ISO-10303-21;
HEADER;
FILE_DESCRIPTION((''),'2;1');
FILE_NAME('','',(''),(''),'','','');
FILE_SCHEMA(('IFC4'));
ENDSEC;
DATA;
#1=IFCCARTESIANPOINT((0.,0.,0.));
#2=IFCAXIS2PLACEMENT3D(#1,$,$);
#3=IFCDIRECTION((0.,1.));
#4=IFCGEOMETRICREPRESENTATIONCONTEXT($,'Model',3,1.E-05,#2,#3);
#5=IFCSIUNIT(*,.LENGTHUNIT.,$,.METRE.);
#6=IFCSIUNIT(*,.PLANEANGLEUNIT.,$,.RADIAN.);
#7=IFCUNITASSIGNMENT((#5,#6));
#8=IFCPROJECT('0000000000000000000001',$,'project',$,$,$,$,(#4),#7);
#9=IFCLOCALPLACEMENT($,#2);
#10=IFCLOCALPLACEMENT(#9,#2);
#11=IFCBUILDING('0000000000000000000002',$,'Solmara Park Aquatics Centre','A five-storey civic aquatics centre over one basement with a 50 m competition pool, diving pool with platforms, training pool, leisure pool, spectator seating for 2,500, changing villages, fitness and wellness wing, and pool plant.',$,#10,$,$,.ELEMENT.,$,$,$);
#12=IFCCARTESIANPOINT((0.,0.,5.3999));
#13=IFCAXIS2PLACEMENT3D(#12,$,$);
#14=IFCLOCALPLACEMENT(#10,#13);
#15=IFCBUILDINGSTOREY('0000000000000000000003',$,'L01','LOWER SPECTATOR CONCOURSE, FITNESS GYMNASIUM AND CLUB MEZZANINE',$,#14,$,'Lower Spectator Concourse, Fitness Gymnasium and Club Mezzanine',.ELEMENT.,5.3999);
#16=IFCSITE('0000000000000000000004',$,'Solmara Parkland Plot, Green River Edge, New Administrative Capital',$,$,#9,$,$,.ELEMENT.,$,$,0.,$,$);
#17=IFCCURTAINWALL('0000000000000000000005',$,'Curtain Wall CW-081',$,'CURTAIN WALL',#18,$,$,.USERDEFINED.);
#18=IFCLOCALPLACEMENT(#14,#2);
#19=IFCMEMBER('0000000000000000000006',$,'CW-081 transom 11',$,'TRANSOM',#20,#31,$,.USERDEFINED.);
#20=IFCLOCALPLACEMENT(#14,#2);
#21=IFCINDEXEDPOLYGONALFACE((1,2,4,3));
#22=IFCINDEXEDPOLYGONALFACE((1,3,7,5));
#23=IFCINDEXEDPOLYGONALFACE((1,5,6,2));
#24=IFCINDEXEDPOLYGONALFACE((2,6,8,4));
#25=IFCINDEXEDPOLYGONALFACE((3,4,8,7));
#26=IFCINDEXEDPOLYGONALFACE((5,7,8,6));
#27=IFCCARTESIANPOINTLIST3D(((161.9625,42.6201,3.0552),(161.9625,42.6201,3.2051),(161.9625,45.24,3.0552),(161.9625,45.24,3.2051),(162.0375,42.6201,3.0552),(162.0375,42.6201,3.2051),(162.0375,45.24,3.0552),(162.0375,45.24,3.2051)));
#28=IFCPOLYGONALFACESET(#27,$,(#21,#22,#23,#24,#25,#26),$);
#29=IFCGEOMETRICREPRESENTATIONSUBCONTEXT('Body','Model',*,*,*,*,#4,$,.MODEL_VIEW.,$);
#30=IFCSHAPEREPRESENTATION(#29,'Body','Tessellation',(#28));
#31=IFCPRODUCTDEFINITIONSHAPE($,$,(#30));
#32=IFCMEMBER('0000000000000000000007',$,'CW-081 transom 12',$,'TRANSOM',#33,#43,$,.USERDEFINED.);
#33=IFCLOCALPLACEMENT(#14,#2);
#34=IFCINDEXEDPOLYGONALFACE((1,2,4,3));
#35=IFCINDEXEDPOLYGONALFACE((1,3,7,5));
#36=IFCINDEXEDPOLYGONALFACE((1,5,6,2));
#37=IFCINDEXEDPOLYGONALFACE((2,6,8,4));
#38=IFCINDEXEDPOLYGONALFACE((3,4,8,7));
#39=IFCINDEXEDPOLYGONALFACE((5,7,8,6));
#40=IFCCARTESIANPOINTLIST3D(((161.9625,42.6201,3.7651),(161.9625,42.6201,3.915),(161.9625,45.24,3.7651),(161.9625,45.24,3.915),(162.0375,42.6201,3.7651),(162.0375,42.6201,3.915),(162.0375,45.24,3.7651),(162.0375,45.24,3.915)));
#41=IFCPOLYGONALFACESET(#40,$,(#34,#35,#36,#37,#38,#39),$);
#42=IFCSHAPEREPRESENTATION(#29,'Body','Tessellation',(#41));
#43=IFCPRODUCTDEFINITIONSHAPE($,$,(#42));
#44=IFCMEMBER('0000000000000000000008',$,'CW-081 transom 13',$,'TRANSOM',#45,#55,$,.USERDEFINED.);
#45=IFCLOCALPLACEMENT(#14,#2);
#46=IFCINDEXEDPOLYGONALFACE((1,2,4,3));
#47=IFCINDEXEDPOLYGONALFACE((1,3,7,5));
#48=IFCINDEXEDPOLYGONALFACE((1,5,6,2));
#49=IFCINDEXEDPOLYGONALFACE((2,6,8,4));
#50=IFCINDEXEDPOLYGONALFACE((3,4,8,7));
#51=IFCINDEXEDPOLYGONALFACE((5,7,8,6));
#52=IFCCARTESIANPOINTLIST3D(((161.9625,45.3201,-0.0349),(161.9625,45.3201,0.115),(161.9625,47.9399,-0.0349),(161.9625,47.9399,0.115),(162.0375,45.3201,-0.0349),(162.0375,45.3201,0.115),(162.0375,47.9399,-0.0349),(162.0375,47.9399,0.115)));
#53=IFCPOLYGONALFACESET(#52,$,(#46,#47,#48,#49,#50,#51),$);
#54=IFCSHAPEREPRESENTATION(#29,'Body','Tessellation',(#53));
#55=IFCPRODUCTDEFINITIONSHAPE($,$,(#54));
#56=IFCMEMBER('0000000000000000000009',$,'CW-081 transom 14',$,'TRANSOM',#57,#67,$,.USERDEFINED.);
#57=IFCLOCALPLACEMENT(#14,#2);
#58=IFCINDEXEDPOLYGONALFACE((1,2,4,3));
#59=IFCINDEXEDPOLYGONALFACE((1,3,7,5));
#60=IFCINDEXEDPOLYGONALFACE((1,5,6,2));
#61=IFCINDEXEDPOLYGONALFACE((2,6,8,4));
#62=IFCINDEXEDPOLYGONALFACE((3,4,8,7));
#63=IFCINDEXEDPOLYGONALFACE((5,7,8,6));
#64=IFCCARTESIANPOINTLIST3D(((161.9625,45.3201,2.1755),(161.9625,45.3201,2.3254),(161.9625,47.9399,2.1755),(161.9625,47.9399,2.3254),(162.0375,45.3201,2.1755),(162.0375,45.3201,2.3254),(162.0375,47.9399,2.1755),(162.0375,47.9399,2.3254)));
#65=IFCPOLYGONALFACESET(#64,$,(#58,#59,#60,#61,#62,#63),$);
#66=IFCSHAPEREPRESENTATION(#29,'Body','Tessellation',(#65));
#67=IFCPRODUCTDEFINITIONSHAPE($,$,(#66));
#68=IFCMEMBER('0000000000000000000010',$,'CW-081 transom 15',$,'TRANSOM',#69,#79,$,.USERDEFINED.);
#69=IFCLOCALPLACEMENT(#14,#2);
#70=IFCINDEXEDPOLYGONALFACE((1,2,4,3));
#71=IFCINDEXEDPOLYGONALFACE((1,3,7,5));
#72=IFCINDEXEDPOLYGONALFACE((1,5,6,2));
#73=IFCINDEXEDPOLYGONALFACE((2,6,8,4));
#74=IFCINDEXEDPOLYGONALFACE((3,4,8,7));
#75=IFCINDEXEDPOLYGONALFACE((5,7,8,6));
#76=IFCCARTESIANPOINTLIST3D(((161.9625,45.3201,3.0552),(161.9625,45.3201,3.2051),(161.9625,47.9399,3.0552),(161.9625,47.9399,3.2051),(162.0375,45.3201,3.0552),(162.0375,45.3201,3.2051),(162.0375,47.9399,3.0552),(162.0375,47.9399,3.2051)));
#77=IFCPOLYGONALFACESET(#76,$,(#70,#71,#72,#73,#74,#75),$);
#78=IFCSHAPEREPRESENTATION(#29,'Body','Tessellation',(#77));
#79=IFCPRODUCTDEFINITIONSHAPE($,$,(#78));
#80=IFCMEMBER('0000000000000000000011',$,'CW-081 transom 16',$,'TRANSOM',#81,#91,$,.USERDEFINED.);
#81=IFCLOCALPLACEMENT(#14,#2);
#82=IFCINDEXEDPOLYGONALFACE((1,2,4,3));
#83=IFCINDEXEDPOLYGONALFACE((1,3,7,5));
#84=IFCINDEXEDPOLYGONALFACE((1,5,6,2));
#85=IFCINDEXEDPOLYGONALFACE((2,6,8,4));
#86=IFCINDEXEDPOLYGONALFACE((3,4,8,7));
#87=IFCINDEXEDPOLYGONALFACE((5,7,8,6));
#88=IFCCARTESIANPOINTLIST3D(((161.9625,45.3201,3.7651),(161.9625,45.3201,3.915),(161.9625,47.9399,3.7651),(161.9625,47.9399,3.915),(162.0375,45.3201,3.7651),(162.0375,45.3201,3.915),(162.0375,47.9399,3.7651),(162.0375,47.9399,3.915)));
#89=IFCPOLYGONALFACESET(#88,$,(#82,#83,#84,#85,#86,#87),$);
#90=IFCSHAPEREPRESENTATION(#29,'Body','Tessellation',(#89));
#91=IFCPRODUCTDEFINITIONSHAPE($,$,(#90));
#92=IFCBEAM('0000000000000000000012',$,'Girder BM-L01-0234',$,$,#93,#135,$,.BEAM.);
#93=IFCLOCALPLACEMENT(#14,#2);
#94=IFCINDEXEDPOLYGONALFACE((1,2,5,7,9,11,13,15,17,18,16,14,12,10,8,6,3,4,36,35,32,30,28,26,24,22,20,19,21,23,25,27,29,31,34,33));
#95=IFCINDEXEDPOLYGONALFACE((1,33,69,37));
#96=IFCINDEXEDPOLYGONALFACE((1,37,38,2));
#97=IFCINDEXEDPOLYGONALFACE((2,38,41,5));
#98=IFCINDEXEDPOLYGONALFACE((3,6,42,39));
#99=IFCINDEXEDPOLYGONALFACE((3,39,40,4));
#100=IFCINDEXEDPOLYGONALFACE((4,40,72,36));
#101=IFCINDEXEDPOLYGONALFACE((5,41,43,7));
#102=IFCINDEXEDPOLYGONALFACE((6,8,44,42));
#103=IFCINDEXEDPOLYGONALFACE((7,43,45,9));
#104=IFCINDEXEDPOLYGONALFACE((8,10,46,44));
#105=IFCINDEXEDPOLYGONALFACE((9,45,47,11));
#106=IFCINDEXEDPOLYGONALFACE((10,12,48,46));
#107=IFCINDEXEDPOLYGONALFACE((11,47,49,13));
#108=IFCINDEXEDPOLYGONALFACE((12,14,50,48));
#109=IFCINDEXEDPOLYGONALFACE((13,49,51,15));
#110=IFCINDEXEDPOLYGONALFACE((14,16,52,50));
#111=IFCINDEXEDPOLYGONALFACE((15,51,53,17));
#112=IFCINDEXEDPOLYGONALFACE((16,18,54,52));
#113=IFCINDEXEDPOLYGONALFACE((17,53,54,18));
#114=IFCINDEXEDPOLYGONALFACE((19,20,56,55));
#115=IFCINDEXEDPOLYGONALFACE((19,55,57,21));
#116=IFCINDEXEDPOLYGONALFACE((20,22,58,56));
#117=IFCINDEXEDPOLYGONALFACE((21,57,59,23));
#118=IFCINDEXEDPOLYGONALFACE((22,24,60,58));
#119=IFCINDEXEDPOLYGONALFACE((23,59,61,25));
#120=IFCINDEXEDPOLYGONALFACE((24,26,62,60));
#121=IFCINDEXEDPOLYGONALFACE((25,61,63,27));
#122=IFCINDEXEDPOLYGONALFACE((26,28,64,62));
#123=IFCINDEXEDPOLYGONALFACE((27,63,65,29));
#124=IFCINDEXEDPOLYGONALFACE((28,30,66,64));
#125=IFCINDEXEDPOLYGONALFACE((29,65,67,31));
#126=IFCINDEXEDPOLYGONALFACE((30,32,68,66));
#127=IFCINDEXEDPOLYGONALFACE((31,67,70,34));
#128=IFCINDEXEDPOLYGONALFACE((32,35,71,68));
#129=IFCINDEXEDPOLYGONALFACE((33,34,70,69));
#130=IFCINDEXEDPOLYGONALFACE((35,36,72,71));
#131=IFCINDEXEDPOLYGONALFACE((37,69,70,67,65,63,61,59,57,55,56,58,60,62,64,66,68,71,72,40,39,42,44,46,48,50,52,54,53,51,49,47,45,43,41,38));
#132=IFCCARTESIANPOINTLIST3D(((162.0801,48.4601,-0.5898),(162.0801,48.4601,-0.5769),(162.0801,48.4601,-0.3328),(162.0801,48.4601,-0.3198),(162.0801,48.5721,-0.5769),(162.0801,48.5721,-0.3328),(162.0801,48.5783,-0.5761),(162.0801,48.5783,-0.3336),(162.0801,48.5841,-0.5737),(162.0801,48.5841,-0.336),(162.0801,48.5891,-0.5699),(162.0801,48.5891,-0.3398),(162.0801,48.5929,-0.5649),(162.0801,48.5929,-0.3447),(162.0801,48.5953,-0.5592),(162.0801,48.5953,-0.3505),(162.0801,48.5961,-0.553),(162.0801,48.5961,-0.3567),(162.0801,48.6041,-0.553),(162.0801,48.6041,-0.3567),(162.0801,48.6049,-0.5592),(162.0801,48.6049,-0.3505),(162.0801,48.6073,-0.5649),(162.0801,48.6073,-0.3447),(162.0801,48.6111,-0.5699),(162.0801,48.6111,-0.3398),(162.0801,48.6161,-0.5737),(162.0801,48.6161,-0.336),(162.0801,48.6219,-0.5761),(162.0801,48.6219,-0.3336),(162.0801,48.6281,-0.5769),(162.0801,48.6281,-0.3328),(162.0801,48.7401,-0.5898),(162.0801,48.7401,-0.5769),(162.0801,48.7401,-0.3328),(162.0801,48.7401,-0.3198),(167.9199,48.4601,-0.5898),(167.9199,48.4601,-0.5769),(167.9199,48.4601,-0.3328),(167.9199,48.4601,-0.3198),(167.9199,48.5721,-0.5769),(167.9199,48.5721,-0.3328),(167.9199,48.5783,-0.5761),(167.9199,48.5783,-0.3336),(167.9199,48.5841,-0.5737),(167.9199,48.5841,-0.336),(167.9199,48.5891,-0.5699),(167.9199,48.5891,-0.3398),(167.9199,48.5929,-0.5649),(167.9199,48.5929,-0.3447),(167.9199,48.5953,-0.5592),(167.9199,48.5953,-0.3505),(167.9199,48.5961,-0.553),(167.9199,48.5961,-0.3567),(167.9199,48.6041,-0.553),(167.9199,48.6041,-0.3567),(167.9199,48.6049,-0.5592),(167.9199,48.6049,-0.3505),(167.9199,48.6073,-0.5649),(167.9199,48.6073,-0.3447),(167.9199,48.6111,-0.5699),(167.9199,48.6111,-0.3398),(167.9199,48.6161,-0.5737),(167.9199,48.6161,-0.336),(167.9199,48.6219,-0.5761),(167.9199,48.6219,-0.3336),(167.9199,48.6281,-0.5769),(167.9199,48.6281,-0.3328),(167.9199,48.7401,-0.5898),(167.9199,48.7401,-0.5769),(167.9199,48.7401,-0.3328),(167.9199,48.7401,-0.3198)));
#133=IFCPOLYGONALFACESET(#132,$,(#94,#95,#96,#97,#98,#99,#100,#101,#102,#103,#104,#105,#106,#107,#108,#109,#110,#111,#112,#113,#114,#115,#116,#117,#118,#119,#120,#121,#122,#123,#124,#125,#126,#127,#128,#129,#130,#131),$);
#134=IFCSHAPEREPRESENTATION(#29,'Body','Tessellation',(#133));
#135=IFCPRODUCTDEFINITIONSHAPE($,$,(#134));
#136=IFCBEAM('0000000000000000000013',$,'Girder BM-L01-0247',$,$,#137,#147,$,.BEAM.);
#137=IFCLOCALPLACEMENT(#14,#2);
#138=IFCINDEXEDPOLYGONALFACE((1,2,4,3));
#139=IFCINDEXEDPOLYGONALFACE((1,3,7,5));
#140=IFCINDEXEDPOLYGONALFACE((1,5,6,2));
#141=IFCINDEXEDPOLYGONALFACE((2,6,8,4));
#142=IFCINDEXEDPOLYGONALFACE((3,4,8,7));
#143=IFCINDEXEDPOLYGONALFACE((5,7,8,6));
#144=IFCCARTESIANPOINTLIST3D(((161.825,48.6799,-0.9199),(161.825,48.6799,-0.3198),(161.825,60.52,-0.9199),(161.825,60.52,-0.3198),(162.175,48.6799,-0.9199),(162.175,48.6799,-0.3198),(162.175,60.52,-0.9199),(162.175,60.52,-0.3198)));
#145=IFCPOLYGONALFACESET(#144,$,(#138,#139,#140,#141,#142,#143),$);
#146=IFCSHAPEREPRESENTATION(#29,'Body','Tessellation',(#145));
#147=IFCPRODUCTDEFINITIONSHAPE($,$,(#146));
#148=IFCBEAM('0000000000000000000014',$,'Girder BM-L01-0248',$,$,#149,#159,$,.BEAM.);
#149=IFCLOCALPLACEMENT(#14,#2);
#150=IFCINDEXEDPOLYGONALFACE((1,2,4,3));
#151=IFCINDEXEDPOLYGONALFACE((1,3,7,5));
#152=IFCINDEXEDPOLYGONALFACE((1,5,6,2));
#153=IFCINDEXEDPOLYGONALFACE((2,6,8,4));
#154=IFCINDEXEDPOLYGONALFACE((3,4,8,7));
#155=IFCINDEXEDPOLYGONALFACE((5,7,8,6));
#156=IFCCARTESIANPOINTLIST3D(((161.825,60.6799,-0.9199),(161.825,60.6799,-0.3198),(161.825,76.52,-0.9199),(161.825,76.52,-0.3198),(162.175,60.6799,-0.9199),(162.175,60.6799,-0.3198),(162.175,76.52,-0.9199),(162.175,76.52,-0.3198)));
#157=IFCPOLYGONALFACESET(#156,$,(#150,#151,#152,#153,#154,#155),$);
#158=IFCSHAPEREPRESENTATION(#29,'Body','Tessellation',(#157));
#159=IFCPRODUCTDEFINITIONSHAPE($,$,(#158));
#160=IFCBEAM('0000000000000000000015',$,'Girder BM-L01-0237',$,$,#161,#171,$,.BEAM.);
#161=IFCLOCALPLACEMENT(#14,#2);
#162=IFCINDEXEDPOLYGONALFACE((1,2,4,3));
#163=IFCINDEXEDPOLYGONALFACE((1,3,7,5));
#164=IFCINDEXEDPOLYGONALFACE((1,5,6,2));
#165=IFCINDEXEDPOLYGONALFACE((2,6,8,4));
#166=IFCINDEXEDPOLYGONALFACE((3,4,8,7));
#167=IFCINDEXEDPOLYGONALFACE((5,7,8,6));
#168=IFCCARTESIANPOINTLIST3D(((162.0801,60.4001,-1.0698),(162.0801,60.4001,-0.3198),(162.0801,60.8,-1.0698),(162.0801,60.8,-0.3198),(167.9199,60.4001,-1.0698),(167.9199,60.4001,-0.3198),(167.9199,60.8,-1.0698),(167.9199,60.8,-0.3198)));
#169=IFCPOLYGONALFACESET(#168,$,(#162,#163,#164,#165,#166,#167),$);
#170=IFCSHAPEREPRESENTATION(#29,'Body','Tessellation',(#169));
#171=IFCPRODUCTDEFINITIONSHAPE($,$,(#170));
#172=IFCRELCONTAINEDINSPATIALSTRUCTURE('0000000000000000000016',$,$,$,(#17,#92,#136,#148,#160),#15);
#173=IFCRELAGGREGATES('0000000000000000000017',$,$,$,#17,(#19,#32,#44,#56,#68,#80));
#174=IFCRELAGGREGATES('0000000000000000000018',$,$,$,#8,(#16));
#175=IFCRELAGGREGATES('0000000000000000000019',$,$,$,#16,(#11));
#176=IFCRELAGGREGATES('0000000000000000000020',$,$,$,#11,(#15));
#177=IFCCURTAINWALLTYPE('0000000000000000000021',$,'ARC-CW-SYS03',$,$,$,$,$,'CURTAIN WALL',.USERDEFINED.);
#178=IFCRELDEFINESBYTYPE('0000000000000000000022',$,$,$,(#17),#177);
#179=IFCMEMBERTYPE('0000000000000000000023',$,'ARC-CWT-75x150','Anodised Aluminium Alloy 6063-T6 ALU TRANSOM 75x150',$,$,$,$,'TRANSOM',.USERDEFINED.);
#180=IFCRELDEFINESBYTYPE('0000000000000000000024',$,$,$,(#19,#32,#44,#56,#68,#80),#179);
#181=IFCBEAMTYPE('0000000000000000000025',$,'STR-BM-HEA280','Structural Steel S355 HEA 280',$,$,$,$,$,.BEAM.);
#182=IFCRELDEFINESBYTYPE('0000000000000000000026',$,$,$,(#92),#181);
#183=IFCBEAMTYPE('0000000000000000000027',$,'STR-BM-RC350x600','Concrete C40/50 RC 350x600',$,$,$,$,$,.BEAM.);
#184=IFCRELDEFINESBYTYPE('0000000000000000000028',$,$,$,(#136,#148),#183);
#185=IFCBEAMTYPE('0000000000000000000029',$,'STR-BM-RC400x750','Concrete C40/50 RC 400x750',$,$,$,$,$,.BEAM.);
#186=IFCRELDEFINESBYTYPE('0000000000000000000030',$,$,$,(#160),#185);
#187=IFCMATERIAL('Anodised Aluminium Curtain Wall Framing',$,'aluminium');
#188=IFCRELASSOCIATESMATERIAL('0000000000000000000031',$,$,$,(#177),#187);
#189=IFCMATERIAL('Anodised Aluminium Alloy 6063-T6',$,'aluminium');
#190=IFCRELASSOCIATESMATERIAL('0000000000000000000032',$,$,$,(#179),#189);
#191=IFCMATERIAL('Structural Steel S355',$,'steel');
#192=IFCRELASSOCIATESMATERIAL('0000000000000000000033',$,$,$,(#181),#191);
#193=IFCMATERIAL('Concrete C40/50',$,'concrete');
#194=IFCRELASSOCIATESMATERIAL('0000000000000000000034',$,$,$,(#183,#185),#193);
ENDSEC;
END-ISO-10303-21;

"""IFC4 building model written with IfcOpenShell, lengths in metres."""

from ifc_helpers import new_model, si_unit, direction, frame, origin, origin_2d, place, context, subcontext, project, spatial, rectangle, i_section, extrude, material, material_profile, profile_set, type_object, element, aggregate, save


model = new_model("IFC4")

# Units and contexts
model_context = context("Model", 3, precision=1e-05, world=origin(), true_north=direction((0.0, 1.0)))
body_context = subcontext(model_context, "Body", "Model", "MODEL_VIEW")
ifc_project = project(units=[si_unit("LENGTHUNIT", "METRE"), si_unit("PLANEANGLEUNIT", "RADIAN")], contexts=[model_context])

# Site, building, storey
site_placement = place(None, origin())
site = spatial("IfcSite", under=ifc_project, at=site_placement, Name="Solmara Parkland Plot, Green River Edge, New Administrative Capital", CompositionType="ELEMENT", RefElevation=0.0)
building_placement = place(site_placement, origin())
building = spatial("IfcBuilding", under=site, at=building_placement, Name="Solmara Park Aquatics Centre", Description="A five-storey civic aquatics centre over one basement with a 50 m competition pool, diving pool with platforms, training pool, leisure pool, spectator seating for 2,500, changing villages, fitness and wellness wing, and pool plant.", CompositionType="ELEMENT")
storey_placement = place(building_placement, frame((0.0, 0.0, 5.3999)))
storey = spatial("IfcBuildingStorey", under=building, at=storey_placement, Name="L01", Description="LOWER SPECTATOR CONCOURSE, FITNESS GYMNASIUM AND CLUB MEZZANINE", LongName="Lower Spectator Concourse, Fitness Gymnasium and Club Mezzanine", CompositionType="ELEMENT", Elevation=5.3999)

# Shared definitions
ifc_material_1 = material(Name="Structural Steel S355", Category="steel")
ifc_material_2 = material(Name="Concrete C40/50", Category="concrete")

# Curtain wall, members
ifc_material_3 = material(Name="Anodised Aluminium Curtain Wall Framing", Category="aluminium")
curtain_wall_type = type_object("IfcCurtainWallType", Name="ARC-CW-SYS03", ElementType="CURTAIN WALL", PredefinedType="USERDEFINED", material=ifc_material_3)
curtain_wall_placement = place(storey_placement, origin())
curtain_wall = element("IfcCurtainWall", 1, at=curtain_wall_placement, inside=storey, type_object=curtain_wall_type, Name="Curtain Wall CW-081", ObjectType="CURTAIN WALL", PredefinedType="USERDEFINED")
ifc_material_4 = material(Name="Anodised Aluminium Alloy 6063-T6", Category="aluminium")
ifc_material_profile_1 = material_profile(ifc_material_4, rectangle(XDim=0.075, YDim=0.1499, at=origin_2d()), Name="ALU TRANSOM 75x150")
ifc_profile_set_1 = profile_set([ifc_material_profile_1], Name="Anodised Aluminium Alloy 6063-T6")
member_type_1 = type_object("IfcMemberType", Name="ARC-CWT-75x150", Description="Anodised Aluminium Alloy 6063-T6 ALU TRANSOM 75x150", ElementType="TRANSOM", PredefinedType="USERDEFINED", material=ifc_profile_set_1)
member_1_placement = place(storey_placement, frame((162.0, 42.6201, 3.1301), z_axis=(0.0, 1.0, 0.0), x_axis=(-1.0, 0.0, 0.0)))
member_1 = element("IfcMember", 2, at=member_1_placement, type_object=member_type_1, Name="CW-081 transom 11", ObjectType="TRANSOM", PredefinedType="USERDEFINED", context=body_context, shape_type="SweptSolid", body=[
    extrude(rectangle(XDim=0.075, YDim=0.1499, at=origin_2d()), origin(), (0.0, 0.0, 1.0), 2.6199),
])
member_2_placement = place(storey_placement, frame((162.0, 42.6201, 3.8401), z_axis=(0.0, 1.0, 0.0), x_axis=(-1.0, 0.0, 0.0)))
member_2 = element("IfcMember", 3, at=member_2_placement, type_object=member_type_1, Name="CW-081 transom 12", ObjectType="TRANSOM", PredefinedType="USERDEFINED", context=body_context, shape_type="SweptSolid", body=[
    extrude(rectangle(XDim=0.075, YDim=0.1499, at=origin_2d()), origin(), (0.0, 0.0, 1.0), 2.6199),
])
member_3_placement = place(storey_placement, frame((162.0, 45.3201, 0.04), z_axis=(0.0, 1.0, 0.0), x_axis=(-1.0, 0.0, 0.0)))
member_3 = element("IfcMember", 4, at=member_3_placement, type_object=member_type_1, Name="CW-081 transom 13", ObjectType="TRANSOM", PredefinedType="USERDEFINED", context=body_context, shape_type="SweptSolid", body=[
    extrude(rectangle(XDim=0.075, YDim=0.1499, at=origin_2d()), origin(), (0.0, 0.0, 1.0), 2.6199),
])
member_4_placement = place(storey_placement, frame((162.0, 45.3201, 2.2505), z_axis=(0.0, 1.0, 0.0), x_axis=(-1.0, 0.0, 0.0)))
member_4 = element("IfcMember", 5, at=member_4_placement, type_object=member_type_1, Name="CW-081 transom 14", ObjectType="TRANSOM", PredefinedType="USERDEFINED", context=body_context, shape_type="SweptSolid", body=[
    extrude(rectangle(XDim=0.075, YDim=0.1499, at=origin_2d()), origin(), (0.0, 0.0, 1.0), 2.6199),
])
member_5_placement = place(storey_placement, frame((162.0, 45.3201, 3.1301), z_axis=(0.0, 1.0, 0.0), x_axis=(-1.0, 0.0, 0.0)))
member_5 = element("IfcMember", 6, at=member_5_placement, type_object=member_type_1, Name="CW-081 transom 15", ObjectType="TRANSOM", PredefinedType="USERDEFINED", context=body_context, shape_type="SweptSolid", body=[
    extrude(rectangle(XDim=0.075, YDim=0.1499, at=origin_2d()), origin(), (0.0, 0.0, 1.0), 2.6199),
])
member_6_placement = place(storey_placement, frame((162.0, 45.3201, 3.8401), z_axis=(0.0, 1.0, 0.0), x_axis=(-1.0, 0.0, 0.0)))
member_6 = element("IfcMember", 7, at=member_6_placement, type_object=member_type_1, Name="CW-081 transom 16", ObjectType="TRANSOM", PredefinedType="USERDEFINED", context=body_context, shape_type="SweptSolid", body=[
    extrude(rectangle(XDim=0.075, YDim=0.1499, at=origin_2d()), origin(), (0.0, 0.0, 1.0), 2.6199),
])

# Beams
ifc_material_profile_2 = material_profile(ifc_material_1, i_section(OverallWidth=0.28, OverallDepth=0.27, WebThickness=0.0081, FlangeThickness=0.0129, FilletRadius=0.0239, at=origin_2d()), Name="HEA 280")
ifc_profile_set_2 = profile_set([ifc_material_profile_2], Name="Structural Steel S355")
beam_type_1 = type_object("IfcBeamType", Name="STR-BM-HEA280", Description="Structural Steel S355 HEA 280", PredefinedType="BEAM", material=ifc_profile_set_2)
beam_1_placement = place(storey_placement, frame((162.0801, 48.6001, -0.4548), z_axis=(1.0, 0.0, 0.0), x_axis=(0.0, 1.0, 0.0)))
element("IfcBeam", 8, at=beam_1_placement, inside=storey, type_object=beam_type_1, Name="Girder BM-L01-0234", PredefinedType="BEAM", context=body_context, shape_type="SweptSolid", body=[
    extrude(i_section(OverallWidth=0.28, OverallDepth=0.27, WebThickness=0.0081, FlangeThickness=0.0129, FilletRadius=0.0239, at=origin_2d()), origin(), (0.0, 0.0, 1.0), 5.8398),
])
ifc_material_profile_3 = material_profile(ifc_material_2, rectangle(XDim=0.3501, YDim=0.6001, at=origin_2d()), Name="RC 350x600")
ifc_profile_set_3 = profile_set([ifc_material_profile_3], Name="Concrete C40/50")
beam_type_2 = type_object("IfcBeamType", Name="STR-BM-RC350x600", Description="Concrete C40/50 RC 350x600", PredefinedType="BEAM", material=ifc_profile_set_3)
beam_2_placement = place(storey_placement, frame((162.0, 48.6799, -0.6199), z_axis=(0.0, 1.0, 0.0), x_axis=(-1.0, 0.0, 0.0)))
element("IfcBeam", 9, at=beam_2_placement, inside=storey, type_object=beam_type_2, Name="Girder BM-L01-0247", PredefinedType="BEAM", context=body_context, shape_type="SweptSolid", body=[
    extrude(rectangle(XDim=0.3501, YDim=0.6001, at=origin_2d()), origin(), (0.0, 0.0, 1.0), 11.8401),
])
beam_3_placement = place(storey_placement, frame((162.0, 60.6799, -0.6199), z_axis=(0.0, 1.0, 0.0), x_axis=(-1.0, 0.0, 0.0)))
element("IfcBeam", 10, at=beam_3_placement, inside=storey, type_object=beam_type_2, Name="Girder BM-L01-0248", PredefinedType="BEAM", context=body_context, shape_type="SweptSolid", body=[
    extrude(rectangle(XDim=0.3501, YDim=0.6001, at=origin_2d()), origin(), (0.0, 0.0, 1.0), 15.8401),
])
ifc_material_profile_4 = material_profile(ifc_material_2, rectangle(XDim=0.3999, YDim=0.75, at=origin_2d()), Name="RC 400x750")
ifc_profile_set_4 = profile_set([ifc_material_profile_4], Name="Concrete C40/50")
beam_type_3 = type_object("IfcBeamType", Name="STR-BM-RC400x750", Description="Concrete C40/50 RC 400x750", PredefinedType="BEAM", material=ifc_profile_set_4)
beam_4_placement = place(storey_placement, frame((162.0801, 60.6001, -0.6948), z_axis=(1.0, 0.0, 0.0), x_axis=(0.0, 1.0, 0.0)))
element("IfcBeam", 11, at=beam_4_placement, inside=storey, type_object=beam_type_3, Name="Girder BM-L01-0237", PredefinedType="BEAM", context=body_context, shape_type="SweptSolid", body=[
    extrude(rectangle(XDim=0.3999, YDim=0.75, at=origin_2d()), origin(), (0.0, 0.0, 1.0), 5.8398),
])

aggregate(curtain_wall, [member_1, member_2, member_3, member_4, member_5, member_6])

save(model, "model.ifc")
